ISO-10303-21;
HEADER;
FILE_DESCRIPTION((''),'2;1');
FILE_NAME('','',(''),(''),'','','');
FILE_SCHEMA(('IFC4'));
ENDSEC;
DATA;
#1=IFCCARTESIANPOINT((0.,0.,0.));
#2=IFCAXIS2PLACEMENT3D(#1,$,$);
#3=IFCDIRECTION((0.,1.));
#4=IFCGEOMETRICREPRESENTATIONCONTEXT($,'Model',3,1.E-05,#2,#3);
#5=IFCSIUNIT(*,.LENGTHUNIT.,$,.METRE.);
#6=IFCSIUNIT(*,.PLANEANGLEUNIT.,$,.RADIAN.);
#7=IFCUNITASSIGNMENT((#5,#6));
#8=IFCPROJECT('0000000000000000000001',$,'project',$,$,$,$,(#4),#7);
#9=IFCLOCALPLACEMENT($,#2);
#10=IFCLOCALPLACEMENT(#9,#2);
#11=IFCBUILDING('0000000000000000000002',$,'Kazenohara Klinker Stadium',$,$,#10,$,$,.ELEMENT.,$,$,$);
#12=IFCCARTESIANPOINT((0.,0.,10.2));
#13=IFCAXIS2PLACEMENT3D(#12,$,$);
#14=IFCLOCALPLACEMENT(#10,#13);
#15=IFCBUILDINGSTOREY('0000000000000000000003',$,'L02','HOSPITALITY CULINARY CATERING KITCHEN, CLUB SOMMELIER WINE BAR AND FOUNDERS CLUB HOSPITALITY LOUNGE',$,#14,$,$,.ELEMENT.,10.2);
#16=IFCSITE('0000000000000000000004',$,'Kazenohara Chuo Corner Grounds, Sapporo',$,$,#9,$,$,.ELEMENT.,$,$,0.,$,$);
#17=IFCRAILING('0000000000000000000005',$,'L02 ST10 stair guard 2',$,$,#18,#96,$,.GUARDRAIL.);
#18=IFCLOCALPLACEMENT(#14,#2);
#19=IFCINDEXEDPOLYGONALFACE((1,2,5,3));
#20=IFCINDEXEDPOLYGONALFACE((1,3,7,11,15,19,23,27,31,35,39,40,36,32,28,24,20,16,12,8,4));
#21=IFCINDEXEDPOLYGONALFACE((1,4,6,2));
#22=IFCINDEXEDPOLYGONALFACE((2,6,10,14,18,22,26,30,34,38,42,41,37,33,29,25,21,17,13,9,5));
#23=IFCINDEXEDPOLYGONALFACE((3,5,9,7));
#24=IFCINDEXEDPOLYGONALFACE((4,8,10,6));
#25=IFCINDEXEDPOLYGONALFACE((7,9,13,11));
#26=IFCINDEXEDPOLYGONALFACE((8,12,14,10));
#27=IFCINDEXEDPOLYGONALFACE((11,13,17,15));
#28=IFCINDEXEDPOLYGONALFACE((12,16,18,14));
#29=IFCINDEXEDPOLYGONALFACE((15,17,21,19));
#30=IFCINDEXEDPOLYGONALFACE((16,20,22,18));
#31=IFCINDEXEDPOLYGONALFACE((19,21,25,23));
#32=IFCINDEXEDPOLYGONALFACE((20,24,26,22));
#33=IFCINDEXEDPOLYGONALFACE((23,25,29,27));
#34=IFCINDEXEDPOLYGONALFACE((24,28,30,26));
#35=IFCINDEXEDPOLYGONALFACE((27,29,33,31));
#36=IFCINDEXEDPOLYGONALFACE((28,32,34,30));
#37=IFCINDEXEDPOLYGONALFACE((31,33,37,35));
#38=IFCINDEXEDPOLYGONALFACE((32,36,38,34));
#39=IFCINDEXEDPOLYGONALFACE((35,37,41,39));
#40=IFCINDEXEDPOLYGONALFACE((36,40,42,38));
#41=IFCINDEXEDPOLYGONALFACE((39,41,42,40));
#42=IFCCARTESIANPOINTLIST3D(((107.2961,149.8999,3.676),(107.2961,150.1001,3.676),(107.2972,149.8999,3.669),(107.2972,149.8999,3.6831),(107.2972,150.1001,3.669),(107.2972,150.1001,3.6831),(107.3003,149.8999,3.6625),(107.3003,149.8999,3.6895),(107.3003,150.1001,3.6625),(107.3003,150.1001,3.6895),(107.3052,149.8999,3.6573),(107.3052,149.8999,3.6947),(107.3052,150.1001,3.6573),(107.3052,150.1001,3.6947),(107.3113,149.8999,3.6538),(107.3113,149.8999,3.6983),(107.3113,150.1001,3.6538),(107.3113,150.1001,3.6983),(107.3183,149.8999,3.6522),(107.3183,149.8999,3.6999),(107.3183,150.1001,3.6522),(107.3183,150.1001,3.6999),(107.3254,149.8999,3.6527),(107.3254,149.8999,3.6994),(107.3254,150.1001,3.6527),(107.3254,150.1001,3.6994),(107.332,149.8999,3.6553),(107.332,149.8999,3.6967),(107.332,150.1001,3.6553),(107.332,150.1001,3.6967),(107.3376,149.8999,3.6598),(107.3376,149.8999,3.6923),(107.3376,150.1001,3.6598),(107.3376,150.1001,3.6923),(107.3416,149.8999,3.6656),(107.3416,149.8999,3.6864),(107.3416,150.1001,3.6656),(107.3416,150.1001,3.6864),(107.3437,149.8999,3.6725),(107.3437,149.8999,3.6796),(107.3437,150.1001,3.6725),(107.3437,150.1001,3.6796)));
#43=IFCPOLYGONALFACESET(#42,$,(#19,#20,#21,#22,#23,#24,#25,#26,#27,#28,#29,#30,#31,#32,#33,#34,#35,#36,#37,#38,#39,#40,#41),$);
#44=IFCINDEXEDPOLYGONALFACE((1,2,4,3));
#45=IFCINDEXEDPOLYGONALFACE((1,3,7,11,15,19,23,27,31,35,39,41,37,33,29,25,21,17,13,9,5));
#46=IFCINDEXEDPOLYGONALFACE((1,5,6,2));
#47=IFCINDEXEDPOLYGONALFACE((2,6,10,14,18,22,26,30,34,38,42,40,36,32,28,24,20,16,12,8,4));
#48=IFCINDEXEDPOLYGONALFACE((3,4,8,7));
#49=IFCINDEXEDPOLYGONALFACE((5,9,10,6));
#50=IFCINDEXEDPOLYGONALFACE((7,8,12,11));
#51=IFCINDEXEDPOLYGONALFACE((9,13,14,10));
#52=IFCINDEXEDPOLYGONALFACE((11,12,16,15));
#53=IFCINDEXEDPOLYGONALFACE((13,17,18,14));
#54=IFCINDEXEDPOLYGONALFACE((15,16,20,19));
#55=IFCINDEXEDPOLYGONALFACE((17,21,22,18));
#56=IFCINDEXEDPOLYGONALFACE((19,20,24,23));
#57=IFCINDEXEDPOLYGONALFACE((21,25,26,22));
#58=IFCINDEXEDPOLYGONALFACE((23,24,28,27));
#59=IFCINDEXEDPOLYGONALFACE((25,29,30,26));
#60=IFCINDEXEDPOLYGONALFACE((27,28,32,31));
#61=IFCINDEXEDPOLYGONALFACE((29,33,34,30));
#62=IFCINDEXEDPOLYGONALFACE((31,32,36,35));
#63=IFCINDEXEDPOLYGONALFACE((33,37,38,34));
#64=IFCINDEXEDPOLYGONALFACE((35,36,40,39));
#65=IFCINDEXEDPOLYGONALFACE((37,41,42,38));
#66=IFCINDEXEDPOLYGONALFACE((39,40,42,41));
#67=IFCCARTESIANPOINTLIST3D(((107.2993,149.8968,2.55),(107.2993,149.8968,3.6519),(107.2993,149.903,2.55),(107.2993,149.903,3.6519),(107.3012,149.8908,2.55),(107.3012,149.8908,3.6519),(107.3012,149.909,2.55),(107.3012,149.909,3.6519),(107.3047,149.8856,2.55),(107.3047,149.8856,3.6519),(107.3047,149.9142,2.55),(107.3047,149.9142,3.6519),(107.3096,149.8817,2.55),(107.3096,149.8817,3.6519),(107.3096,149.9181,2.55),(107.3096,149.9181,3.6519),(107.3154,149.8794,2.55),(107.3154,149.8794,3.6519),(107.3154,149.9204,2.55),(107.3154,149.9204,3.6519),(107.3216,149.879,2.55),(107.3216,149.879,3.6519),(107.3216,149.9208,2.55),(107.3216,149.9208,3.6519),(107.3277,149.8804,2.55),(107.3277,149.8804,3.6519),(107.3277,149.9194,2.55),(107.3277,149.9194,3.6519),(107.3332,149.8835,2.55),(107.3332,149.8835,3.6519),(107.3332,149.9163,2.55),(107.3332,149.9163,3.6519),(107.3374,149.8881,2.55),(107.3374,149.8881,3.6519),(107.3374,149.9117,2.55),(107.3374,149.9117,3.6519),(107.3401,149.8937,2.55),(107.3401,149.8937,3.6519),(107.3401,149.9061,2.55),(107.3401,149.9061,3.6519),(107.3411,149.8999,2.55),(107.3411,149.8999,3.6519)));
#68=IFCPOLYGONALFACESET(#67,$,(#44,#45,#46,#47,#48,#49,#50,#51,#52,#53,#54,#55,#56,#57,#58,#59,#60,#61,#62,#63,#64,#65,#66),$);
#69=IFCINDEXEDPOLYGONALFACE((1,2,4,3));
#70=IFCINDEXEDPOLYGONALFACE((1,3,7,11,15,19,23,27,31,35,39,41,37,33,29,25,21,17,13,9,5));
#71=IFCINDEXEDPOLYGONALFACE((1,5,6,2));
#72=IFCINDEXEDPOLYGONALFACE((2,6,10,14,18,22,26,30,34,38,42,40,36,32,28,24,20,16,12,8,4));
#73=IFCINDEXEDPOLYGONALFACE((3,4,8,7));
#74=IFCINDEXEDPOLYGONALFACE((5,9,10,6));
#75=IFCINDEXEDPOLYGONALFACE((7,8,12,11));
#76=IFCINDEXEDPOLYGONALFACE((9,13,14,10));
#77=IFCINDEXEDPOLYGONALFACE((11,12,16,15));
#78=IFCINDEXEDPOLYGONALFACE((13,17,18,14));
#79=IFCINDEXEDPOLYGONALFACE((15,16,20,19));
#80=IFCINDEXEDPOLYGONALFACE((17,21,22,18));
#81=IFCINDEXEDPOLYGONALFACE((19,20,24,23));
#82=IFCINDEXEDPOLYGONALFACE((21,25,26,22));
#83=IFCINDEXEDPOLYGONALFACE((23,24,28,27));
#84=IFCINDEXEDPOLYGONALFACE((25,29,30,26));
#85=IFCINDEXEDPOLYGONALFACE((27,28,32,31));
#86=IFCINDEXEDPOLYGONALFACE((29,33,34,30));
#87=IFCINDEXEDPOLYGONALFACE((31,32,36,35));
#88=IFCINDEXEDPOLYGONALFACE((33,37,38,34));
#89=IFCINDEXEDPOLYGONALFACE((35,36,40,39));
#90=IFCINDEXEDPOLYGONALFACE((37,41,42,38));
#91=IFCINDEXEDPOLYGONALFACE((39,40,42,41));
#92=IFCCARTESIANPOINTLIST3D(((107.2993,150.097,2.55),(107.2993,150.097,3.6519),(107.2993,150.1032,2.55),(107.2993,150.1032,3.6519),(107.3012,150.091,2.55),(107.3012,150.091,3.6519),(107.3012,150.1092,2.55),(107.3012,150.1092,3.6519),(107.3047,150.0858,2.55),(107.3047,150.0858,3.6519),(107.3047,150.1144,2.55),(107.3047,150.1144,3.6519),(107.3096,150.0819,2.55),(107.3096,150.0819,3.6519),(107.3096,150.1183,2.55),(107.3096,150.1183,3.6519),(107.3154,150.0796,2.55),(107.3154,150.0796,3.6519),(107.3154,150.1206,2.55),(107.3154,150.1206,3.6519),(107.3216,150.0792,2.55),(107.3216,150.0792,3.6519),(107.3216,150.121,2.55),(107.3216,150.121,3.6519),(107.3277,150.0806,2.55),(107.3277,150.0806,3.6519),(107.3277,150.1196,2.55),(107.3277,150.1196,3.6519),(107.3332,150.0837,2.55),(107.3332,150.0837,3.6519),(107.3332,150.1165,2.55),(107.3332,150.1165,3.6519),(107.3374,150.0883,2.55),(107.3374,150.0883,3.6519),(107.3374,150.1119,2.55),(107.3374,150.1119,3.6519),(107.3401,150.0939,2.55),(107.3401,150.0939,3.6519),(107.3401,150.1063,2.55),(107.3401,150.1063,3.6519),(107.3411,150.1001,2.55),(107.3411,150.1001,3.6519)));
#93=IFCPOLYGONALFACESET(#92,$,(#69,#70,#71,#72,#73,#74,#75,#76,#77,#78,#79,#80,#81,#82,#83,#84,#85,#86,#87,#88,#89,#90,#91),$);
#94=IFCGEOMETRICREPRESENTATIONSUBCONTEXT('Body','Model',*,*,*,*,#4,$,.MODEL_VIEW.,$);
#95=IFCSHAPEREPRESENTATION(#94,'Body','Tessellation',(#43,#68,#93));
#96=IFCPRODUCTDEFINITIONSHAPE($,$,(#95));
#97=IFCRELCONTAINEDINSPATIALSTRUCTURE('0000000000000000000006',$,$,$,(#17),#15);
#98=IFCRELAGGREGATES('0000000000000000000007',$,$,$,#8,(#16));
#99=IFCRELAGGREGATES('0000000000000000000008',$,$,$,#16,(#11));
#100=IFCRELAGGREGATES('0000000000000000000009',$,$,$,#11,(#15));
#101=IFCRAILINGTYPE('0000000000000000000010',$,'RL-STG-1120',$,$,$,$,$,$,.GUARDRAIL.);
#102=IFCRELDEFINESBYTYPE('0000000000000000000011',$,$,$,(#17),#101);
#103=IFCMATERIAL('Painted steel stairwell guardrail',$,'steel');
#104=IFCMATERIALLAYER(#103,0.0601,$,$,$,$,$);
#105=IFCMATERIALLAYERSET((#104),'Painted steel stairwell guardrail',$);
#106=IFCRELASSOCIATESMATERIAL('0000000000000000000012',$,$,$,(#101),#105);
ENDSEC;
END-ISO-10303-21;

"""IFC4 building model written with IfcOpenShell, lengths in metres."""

from ifc_helpers import new_model, si_unit, direction, frame, origin, origin_2d, place, context, subcontext, project, spatial, circle, extrude, material, layer, layer_set, type_object, element, save


model = new_model("IFC4")

# Units and contexts
model_context = context("Model", 3, precision=1e-05, world=origin(), true_north=direction((0.0, 1.0)))
body_context = subcontext(model_context, "Body", "Model", "MODEL_VIEW")
ifc_project = project(units=[si_unit("LENGTHUNIT", "METRE"), si_unit("PLANEANGLEUNIT", "RADIAN")], contexts=[model_context])

# Site, building, storey
site_placement = place(None, origin())
site = spatial("IfcSite", under=ifc_project, at=site_placement, Name="Kazenohara Chuo Corner Grounds, Sapporo", CompositionType="ELEMENT", RefElevation=0.0)
building_placement = place(site_placement, origin())
building = spatial("IfcBuilding", under=site, at=building_placement, Name="Kazenohara Klinker Stadium", CompositionType="ELEMENT")
storey_placement = place(building_placement, frame((0.0, 0.0, 10.2)))
storey = spatial("IfcBuildingStorey", under=building, at=storey_placement, Name="L02", Description="HOSPITALITY CULINARY CATERING KITCHEN, CLUB SOMMELIER WINE BAR AND FOUNDERS CLUB HOSPITALITY LOUNGE", CompositionType="ELEMENT", Elevation=10.2)

# Railing
ifc_material_1 = material(Name="Painted steel stairwell guardrail", Category="steel")
ifc_layer_1 = layer(ifc_material_1, 0.0601)
ifc_layer_set_1 = layer_set([ifc_layer_1], Name="Painted steel stairwell guardrail")
railing_type_1 = type_object("IfcRailingType", Name="RL-STG-1120", PredefinedType="GUARDRAIL", material=ifc_layer_set_1)
railing_1_placement = place(storey_placement, frame((107.3201, 149.8999, 2.55)))
element("IfcRailing", 1, at=railing_1_placement, inside=storey, type_object=railing_type_1, Name="L02 ST10 stair guard 2", PredefinedType="GUARDRAIL", context=body_context, shape_type="SweptSolid", body=[
    extrude(circle(Radius=0.0239, at=origin_2d()), frame((0.0, 0.0, 1.126), z_axis=(0.0, 1.0, 0.0), x_axis=(-1.0, 0.0, 0.0)), (0.0, 0.0, 1.0), 0.2002),
    extrude(circle(Radius=0.021, at=origin_2d()), origin(), (0.0, 0.0, 1.0), 1.1018),
    extrude(circle(Radius=0.021, at=origin_2d()), frame((0.0, 0.2002, 0.0)), (0.0, 0.0, 1.0), 1.1018),
])

save(model, "model.ifc")
